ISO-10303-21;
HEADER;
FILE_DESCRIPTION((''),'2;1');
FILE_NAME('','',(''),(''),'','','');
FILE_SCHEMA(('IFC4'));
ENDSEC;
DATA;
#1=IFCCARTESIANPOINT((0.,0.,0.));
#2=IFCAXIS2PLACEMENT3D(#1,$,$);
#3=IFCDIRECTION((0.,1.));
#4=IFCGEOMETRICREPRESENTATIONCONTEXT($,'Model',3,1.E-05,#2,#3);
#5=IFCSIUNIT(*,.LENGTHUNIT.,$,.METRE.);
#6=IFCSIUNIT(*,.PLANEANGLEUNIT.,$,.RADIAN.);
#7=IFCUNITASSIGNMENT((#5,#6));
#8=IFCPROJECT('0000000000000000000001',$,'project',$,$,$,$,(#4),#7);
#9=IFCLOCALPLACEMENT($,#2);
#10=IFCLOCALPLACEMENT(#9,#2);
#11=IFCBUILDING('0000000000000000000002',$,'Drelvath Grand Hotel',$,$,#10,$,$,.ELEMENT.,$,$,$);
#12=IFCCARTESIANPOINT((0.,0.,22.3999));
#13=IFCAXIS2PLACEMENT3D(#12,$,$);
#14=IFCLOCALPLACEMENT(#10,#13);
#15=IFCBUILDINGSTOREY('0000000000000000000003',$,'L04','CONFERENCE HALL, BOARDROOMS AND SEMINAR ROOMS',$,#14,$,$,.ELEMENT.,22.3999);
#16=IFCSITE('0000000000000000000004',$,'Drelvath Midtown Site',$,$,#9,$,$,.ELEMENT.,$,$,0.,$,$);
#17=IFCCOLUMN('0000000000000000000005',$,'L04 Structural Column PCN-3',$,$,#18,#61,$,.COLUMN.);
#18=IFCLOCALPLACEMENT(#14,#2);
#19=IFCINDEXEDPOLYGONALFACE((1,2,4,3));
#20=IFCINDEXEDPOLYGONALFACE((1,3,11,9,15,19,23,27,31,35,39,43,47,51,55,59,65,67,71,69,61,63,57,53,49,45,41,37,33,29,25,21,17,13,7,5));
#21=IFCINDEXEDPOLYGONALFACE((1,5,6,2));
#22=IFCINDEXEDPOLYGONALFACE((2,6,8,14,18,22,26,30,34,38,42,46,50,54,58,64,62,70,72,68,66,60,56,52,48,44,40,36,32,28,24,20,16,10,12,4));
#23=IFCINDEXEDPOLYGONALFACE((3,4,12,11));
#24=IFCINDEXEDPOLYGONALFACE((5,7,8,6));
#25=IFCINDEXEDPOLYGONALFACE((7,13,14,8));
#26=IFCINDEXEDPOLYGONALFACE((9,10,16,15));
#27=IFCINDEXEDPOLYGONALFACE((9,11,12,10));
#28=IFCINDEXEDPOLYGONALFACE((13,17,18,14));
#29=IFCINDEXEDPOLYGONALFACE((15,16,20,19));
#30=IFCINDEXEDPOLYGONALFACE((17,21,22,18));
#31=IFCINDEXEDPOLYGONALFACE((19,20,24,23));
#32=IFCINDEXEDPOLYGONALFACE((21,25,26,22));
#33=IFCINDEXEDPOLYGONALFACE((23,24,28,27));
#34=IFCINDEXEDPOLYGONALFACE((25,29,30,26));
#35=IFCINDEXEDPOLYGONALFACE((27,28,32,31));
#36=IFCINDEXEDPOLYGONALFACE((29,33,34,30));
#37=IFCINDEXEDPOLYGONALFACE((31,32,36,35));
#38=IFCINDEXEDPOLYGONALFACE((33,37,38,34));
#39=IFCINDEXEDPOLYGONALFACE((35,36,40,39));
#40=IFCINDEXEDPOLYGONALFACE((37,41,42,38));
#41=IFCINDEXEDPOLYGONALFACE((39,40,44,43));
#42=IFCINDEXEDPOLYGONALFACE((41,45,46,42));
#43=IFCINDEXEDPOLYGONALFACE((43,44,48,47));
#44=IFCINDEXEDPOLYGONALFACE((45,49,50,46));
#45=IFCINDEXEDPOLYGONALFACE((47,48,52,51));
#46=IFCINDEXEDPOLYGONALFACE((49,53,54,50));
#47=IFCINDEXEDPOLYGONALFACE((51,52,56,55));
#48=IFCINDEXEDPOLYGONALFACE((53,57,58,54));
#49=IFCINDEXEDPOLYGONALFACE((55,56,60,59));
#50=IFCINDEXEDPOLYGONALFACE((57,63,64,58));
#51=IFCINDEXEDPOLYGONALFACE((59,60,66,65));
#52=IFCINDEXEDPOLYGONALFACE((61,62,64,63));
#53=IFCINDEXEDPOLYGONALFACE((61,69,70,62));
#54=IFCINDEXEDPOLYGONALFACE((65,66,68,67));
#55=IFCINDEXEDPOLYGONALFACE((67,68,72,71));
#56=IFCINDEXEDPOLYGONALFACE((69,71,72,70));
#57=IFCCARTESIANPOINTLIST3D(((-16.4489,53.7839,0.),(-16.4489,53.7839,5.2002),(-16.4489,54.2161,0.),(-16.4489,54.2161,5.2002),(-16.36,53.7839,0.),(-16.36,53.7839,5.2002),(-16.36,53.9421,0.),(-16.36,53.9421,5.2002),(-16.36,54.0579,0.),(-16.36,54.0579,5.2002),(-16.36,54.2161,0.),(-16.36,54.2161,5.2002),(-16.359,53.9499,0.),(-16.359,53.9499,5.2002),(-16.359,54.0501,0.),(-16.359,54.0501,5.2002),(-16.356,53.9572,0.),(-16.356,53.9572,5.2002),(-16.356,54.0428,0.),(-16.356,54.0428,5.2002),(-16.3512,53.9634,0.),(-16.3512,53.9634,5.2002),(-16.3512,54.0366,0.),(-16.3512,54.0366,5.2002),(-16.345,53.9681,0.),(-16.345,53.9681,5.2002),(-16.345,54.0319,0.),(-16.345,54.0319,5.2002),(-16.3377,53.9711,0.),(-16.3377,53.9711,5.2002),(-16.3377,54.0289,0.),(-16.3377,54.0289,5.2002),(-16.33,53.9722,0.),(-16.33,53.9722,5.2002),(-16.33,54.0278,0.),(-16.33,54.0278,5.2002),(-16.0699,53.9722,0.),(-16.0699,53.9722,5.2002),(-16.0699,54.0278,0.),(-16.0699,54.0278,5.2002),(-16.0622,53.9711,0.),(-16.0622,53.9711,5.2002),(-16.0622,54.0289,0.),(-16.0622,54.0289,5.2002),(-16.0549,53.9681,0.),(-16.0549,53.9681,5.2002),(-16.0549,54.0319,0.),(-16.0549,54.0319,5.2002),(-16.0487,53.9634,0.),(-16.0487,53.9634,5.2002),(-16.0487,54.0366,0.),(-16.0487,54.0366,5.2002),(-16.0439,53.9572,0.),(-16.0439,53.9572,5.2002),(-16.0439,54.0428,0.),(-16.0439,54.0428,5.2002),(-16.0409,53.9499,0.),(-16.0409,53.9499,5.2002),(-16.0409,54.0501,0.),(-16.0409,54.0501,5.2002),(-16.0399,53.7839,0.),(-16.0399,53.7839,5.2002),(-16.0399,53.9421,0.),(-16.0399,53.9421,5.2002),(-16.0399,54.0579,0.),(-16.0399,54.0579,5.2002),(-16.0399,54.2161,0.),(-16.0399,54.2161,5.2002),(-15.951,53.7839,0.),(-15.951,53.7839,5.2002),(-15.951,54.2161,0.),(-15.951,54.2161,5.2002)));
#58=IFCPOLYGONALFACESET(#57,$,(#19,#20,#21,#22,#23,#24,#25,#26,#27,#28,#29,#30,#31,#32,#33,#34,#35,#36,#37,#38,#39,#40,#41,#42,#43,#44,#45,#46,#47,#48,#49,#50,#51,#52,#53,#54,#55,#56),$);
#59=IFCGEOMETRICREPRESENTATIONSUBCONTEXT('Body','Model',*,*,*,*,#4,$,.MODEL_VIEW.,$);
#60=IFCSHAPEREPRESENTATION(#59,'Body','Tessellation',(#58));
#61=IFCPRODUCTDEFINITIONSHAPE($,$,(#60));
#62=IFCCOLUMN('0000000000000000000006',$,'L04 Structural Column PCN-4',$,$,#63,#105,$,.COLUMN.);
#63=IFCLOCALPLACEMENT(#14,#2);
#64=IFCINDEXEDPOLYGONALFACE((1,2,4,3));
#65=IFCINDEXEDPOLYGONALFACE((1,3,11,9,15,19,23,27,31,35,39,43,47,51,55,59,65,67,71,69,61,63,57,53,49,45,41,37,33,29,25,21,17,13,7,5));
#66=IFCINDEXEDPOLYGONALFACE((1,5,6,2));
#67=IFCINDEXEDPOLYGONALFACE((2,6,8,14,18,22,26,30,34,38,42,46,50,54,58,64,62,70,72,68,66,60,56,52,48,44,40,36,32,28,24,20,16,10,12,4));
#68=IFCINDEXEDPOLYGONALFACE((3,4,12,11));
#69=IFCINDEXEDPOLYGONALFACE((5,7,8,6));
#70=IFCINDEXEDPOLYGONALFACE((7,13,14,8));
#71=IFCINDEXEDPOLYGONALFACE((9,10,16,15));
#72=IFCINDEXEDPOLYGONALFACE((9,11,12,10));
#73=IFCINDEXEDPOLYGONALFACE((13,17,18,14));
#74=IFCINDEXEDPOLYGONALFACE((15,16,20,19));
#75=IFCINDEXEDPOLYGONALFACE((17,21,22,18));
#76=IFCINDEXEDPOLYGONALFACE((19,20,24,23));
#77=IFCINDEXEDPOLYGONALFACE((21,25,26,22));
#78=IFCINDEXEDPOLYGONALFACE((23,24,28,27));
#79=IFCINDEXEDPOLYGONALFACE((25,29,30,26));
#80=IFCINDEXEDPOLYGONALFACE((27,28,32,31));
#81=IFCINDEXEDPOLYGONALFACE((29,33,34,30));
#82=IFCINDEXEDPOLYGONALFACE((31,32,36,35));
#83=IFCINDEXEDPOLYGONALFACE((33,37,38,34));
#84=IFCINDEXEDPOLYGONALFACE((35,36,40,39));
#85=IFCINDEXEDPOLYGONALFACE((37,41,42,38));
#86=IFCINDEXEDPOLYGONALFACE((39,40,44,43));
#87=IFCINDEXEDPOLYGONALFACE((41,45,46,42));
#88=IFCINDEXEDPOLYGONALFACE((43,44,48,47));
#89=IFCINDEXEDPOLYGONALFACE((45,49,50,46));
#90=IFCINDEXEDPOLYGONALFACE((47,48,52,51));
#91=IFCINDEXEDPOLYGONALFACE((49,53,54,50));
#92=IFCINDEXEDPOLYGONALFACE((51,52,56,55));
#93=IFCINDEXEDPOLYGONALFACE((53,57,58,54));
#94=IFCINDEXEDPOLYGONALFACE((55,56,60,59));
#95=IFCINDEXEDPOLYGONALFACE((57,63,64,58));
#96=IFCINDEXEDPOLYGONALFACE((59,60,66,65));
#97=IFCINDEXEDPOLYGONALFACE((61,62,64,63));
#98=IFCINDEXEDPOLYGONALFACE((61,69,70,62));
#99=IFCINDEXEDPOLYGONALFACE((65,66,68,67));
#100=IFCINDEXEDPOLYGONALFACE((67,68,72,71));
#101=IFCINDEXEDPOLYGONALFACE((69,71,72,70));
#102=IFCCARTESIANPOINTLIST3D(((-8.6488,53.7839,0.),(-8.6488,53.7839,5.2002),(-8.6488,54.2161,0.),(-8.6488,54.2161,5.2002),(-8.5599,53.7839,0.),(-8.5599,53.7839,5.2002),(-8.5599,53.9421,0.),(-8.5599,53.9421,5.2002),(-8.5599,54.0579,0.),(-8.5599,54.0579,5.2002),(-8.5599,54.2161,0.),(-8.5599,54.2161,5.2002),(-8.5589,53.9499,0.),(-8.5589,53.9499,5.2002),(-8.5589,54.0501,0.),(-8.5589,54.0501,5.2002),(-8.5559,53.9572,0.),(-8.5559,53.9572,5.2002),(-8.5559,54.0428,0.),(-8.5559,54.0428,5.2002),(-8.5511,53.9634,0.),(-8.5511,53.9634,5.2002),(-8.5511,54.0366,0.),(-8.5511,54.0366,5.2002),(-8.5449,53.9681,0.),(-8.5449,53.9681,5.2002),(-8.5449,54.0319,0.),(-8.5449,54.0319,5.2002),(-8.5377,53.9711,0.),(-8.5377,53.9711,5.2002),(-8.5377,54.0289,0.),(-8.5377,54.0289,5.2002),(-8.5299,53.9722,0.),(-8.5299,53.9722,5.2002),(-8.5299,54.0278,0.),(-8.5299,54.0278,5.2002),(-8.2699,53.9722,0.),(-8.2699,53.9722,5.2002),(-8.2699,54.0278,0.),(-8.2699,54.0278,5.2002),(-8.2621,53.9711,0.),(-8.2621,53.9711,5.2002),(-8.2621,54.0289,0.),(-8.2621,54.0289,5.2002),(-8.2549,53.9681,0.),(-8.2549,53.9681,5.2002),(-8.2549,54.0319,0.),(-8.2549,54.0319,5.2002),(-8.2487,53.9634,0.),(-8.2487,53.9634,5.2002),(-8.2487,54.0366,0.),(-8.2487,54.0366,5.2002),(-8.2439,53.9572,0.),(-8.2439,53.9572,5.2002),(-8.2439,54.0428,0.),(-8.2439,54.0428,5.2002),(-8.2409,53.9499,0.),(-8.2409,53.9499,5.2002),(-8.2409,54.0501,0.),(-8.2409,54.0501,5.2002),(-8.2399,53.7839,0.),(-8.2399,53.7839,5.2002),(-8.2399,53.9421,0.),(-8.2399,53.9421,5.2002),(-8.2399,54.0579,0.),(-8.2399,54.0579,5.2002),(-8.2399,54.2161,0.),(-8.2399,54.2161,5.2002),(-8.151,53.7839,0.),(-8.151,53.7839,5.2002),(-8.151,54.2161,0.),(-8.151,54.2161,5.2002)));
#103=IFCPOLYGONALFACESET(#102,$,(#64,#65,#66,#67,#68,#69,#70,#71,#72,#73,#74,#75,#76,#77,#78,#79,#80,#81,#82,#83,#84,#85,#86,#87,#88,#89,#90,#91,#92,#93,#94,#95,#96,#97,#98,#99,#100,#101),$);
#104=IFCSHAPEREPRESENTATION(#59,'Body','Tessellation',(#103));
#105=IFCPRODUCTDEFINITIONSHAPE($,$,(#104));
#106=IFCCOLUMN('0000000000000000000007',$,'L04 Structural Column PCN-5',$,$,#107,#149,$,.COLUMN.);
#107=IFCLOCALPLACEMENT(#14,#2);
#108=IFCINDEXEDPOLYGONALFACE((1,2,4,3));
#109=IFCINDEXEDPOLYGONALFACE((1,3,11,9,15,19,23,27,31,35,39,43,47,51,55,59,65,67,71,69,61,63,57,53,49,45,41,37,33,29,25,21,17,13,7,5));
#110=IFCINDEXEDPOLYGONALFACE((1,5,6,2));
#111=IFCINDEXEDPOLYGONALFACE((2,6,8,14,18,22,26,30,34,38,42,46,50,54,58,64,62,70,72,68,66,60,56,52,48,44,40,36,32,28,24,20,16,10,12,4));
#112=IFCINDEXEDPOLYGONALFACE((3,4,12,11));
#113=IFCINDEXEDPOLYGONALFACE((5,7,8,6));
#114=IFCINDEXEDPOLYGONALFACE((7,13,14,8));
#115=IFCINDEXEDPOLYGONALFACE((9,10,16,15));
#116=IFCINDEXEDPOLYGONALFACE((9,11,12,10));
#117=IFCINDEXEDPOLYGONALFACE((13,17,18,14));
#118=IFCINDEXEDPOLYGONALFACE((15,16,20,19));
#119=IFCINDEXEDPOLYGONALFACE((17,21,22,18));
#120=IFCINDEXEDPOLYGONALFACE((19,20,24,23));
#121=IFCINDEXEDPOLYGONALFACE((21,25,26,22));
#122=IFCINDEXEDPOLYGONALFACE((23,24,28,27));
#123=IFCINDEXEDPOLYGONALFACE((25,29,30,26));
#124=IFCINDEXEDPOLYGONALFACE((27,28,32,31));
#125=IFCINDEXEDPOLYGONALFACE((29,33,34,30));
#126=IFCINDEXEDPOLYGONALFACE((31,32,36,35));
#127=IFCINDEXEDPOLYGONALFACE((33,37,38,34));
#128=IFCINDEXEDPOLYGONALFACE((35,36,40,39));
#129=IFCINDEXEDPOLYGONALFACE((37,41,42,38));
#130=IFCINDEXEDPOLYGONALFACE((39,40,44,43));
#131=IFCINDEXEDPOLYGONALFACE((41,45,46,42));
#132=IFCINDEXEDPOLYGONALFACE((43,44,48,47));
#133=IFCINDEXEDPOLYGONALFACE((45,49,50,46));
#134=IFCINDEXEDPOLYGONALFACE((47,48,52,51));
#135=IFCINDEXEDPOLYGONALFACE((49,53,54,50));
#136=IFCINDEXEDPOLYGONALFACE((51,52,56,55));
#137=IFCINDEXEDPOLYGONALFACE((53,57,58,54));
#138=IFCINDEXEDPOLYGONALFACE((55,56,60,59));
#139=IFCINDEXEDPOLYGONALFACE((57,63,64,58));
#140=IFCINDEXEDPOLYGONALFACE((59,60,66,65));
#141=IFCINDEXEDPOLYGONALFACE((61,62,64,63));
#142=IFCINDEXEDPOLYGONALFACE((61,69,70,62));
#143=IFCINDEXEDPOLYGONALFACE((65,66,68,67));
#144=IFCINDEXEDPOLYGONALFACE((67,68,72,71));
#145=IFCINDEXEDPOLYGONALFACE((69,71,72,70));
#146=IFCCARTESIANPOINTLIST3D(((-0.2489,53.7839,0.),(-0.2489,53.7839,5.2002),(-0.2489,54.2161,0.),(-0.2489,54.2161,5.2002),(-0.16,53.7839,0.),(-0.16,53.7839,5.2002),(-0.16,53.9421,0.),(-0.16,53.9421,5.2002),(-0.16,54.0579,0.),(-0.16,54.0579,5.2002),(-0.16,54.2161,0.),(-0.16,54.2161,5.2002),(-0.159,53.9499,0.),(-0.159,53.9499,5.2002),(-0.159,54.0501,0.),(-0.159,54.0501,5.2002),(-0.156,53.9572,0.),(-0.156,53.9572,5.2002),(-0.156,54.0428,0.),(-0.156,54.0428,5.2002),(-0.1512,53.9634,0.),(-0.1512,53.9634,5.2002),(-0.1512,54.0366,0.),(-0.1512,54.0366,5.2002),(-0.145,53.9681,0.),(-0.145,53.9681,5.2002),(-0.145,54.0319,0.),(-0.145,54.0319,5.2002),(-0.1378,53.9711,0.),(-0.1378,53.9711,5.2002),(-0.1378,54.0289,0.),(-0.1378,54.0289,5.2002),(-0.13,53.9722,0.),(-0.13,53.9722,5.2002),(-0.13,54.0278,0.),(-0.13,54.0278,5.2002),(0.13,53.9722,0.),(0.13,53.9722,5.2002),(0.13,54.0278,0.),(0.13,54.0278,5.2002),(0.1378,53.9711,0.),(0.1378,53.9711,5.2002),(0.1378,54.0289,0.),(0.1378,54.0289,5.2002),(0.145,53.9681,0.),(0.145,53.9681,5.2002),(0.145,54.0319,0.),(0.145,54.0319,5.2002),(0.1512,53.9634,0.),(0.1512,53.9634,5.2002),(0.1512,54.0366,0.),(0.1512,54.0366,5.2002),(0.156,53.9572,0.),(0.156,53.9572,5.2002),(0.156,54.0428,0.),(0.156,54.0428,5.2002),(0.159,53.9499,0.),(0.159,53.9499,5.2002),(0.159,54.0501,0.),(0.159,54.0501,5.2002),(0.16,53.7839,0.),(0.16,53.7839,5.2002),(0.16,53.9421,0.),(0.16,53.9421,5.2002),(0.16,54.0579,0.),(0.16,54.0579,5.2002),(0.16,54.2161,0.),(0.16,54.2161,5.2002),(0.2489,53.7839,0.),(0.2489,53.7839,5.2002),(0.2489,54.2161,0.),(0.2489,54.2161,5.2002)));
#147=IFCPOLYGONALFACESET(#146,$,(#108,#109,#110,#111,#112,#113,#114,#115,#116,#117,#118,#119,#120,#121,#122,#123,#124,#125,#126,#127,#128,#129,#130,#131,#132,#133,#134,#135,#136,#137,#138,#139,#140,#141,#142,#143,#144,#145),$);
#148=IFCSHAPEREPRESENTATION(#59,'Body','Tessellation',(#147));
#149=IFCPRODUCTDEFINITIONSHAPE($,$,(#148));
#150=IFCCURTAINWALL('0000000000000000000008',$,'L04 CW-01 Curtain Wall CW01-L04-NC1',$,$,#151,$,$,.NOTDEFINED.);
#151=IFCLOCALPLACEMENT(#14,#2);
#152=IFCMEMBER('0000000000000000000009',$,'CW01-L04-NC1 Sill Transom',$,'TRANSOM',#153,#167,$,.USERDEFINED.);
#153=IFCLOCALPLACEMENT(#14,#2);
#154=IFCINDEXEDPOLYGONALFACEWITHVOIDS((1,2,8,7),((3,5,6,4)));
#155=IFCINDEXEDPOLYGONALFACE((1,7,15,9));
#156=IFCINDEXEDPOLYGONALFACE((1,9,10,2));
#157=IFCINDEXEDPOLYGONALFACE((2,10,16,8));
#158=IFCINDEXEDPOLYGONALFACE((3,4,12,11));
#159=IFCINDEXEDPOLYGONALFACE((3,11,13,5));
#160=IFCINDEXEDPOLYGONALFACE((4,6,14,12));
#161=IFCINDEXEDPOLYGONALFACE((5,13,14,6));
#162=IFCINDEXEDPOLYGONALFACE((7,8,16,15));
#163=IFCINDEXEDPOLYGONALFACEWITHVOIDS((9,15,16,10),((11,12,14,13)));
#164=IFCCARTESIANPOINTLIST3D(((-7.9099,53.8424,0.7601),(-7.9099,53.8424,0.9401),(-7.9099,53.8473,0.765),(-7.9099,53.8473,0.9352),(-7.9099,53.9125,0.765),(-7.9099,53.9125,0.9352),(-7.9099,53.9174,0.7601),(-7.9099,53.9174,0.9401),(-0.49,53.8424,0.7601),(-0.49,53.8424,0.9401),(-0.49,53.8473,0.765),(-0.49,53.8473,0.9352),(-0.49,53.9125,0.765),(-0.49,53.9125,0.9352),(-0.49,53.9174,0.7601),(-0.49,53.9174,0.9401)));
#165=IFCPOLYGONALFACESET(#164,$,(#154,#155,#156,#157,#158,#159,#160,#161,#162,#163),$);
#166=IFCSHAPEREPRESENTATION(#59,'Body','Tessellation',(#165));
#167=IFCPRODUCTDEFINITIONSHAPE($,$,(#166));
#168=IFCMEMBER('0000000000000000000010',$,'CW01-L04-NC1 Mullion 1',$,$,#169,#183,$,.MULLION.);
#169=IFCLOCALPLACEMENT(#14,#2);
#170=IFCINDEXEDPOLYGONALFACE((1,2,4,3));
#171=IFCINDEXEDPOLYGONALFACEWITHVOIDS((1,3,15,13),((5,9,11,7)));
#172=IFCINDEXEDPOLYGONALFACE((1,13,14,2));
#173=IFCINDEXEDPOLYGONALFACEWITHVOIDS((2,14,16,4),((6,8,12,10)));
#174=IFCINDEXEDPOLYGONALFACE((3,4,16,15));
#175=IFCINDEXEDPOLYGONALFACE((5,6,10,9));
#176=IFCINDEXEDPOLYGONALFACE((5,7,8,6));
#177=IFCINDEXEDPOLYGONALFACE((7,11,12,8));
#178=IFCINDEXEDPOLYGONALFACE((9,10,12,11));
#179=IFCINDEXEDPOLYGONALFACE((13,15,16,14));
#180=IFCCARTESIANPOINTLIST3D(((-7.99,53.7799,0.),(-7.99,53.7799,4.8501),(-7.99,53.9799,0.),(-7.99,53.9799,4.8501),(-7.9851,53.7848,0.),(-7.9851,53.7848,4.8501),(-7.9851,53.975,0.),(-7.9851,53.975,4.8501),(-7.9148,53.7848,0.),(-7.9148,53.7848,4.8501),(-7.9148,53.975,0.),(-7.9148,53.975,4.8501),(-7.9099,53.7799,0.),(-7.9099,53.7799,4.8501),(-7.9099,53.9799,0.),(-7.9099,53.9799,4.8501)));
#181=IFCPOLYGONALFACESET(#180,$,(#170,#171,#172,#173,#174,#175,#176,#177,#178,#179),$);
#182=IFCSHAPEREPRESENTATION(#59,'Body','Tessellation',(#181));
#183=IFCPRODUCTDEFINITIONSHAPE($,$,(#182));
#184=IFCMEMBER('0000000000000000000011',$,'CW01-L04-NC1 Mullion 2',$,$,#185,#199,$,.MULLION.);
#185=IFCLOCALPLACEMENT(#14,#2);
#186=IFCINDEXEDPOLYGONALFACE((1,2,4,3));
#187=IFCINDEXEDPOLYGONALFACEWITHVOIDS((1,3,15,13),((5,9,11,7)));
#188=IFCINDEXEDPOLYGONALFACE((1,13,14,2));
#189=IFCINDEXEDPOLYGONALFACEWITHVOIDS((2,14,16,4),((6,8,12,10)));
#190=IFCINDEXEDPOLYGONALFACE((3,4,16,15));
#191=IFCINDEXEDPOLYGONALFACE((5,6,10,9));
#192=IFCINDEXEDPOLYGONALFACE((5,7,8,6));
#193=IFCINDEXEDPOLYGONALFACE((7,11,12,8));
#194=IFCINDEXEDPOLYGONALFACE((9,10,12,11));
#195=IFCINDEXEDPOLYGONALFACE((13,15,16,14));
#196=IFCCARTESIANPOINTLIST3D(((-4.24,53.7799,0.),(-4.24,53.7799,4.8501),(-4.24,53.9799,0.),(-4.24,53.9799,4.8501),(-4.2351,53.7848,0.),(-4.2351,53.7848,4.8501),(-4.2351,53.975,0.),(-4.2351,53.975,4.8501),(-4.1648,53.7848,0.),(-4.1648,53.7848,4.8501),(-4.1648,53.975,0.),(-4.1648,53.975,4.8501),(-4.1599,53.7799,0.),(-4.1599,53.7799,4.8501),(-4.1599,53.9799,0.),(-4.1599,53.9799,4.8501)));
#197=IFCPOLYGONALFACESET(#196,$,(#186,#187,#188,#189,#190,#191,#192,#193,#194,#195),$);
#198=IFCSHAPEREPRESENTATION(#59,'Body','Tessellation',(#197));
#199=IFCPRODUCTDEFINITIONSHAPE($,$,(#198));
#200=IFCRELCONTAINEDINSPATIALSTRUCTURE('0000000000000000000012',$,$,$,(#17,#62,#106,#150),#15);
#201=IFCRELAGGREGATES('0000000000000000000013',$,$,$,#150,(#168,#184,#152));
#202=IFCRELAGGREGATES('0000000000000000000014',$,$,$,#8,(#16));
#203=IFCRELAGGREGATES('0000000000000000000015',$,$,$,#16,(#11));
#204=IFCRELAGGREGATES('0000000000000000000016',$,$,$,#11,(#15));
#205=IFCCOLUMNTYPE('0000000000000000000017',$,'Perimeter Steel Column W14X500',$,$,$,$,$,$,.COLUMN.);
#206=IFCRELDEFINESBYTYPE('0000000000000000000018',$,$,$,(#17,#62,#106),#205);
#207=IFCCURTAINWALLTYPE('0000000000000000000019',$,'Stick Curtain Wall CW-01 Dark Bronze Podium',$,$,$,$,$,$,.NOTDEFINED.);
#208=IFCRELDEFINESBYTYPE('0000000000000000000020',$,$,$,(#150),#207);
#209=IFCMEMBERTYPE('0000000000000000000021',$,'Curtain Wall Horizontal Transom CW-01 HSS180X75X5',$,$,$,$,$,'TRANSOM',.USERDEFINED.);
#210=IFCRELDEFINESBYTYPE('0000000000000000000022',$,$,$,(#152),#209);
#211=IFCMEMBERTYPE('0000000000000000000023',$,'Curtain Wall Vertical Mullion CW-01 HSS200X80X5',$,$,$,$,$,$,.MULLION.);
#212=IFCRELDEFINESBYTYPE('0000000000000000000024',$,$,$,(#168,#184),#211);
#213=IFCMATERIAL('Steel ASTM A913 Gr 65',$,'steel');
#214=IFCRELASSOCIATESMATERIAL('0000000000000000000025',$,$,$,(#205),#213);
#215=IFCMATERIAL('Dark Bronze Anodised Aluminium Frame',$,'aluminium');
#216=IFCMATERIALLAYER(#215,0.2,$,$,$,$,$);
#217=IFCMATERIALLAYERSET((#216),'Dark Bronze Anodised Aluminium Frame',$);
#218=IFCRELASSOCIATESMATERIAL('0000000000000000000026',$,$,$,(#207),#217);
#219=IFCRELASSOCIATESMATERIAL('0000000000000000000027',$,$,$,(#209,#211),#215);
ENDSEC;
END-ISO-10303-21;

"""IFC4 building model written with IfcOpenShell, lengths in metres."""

from ifc_helpers import new_model, si_unit, direction, frame, origin, origin_2d, place, context, subcontext, project, spatial, hollow_rectangle, i_section, extrude, material, layer, layer_set, material_profile, profile_set, type_object, element, aggregate, save


model = new_model("IFC4")

# Units and contexts
model_context = context("Model", 3, precision=1e-05, world=origin(), true_north=direction((0.0, 1.0)))
body_context = subcontext(model_context, "Body", "Model", "MODEL_VIEW")
ifc_project = project(units=[si_unit("LENGTHUNIT", "METRE"), si_unit("PLANEANGLEUNIT", "RADIAN")], contexts=[model_context])

# Site, building, storey
site_placement = place(None, origin())
site = spatial("IfcSite", under=ifc_project, at=site_placement, Name="Drelvath Midtown Site", CompositionType="ELEMENT", RefElevation=0.0)
building_placement = place(site_placement, origin())
building = spatial("IfcBuilding", under=site, at=building_placement, Name="Drelvath Grand Hotel", CompositionType="ELEMENT")
storey_placement = place(building_placement, frame((0.0, 0.0, 22.3999)))
storey = spatial("IfcBuildingStorey", under=building, at=storey_placement, Name="L04", Description="CONFERENCE HALL, BOARDROOMS AND SEMINAR ROOMS", CompositionType="ELEMENT", Elevation=22.3999)

# Columns
ifc_material_1 = material(Name="Steel ASTM A913 Gr 65", Category="steel")
ifc_material_profile_1 = material_profile(ifc_material_1, i_section(OverallWidth=0.4321, OverallDepth=0.4978, WebThickness=0.0557, FlangeThickness=0.0889, FilletRadius=0.03, at=origin_2d()), Name="W14X500")
ifc_profile_set_1 = profile_set([ifc_material_profile_1], Name="Steel ASTM A913 Gr 65")
column_type = type_object("IfcColumnType", Name="Perimeter Steel Column W14X500", PredefinedType="COLUMN", material=ifc_profile_set_1)
for number, where, z_axis, x_axis, name in (
    (1, (-16.2, 54.0, 0.0), (0.0, 0.0, 1.0), (0.0, 1.0, 0.0), "L04 Structural Column PCN-3"),
    (2, (-8.3999, 54.0, 0.0), (0.0, 0.0, 1.0), (0.0, 1.0, 0.0), "L04 Structural Column PCN-4"),
    (3, (0.0, 54.0, 0.0), (0.0, 0.0, 1.0), (0.0, 1.0, 0.0), "L04 Structural Column PCN-5"),
):
    element("IfcColumn", number, at=place(storey_placement, frame(where, z_axis=z_axis, x_axis=x_axis)), inside=storey, type_object=column_type, Name=name, PredefinedType="COLUMN", context=body_context, shape_type="SweptSolid", body=[
        extrude(i_section(OverallWidth=0.4321, OverallDepth=0.4978, WebThickness=0.0557, FlangeThickness=0.0889, FilletRadius=0.03, at=origin_2d()), origin(), (0.0, 0.0, 1.0), 5.2002),
    ])

# Curtain wall, members
ifc_material_2 = material(Name="Dark Bronze Anodised Aluminium Frame", Category="aluminium")
ifc_layer_1 = layer(ifc_material_2, 0.2)
ifc_layer_set_1 = layer_set([ifc_layer_1], Name="Dark Bronze Anodised Aluminium Frame")
curtain_wall_type = type_object("IfcCurtainWallType", Name="Stick Curtain Wall CW-01 Dark Bronze Podium", PredefinedType="NOTDEFINED", material=ifc_layer_set_1)
curtain_wall_placement = place(storey_placement, origin())
curtain_wall = element("IfcCurtainWall", 4, at=curtain_wall_placement, inside=storey, type_object=curtain_wall_type, Name="L04 CW-01 Curtain Wall CW01-L04-NC1", PredefinedType="NOTDEFINED")
ifc_material_profile_2 = material_profile(ifc_material_2, hollow_rectangle(XDim=0.075, YDim=0.1799, WallThickness=0.0049, at=origin_2d()), Name="HSS180X75X5")
ifc_profile_set_2 = profile_set([ifc_material_profile_2], Name="Dark Bronze Anodised Aluminium Frame")
member_type_1 = type_object("IfcMemberType", Name="Curtain Wall Horizontal Transom CW-01 HSS180X75X5", ElementType="TRANSOM", PredefinedType="USERDEFINED", material=ifc_profile_set_2)
member_1_placement = place(storey_placement, frame((-7.9099, 53.8799, 0.8501), z_axis=(1.0, 0.0, 0.0), x_axis=(0.0, 1.0, 0.0)))
member_1 = element("IfcMember", 5, at=member_1_placement, type_object=member_type_1, Name="CW01-L04-NC1 Sill Transom", ObjectType="TRANSOM", PredefinedType="USERDEFINED", context=body_context, shape_type="SweptSolid", body=[
    extrude(hollow_rectangle(XDim=0.075, YDim=0.1799, WallThickness=0.0049, at=origin_2d()), origin(), (0.0, 0.0, 1.0), 7.4199),
])
ifc_material_profile_3 = material_profile(ifc_material_2, hollow_rectangle(XDim=0.0801, YDim=0.2, WallThickness=0.0049, at=origin_2d()), Name="HSS200X80X5")
ifc_profile_set_3 = profile_set([ifc_material_profile_3], Name="Dark Bronze Anodised Aluminium Frame")
member_type_2 = type_object("IfcMemberType", Name="Curtain Wall Vertical Mullion CW-01 HSS200X80X5", PredefinedType="MULLION", material=ifc_profile_set_3)
member_2_placement = place(storey_placement, frame((-7.95, 53.8799, 0.0), z_axis=(0.0, 0.0, 1.0), x_axis=(1.0, 0.0, 0.0)))
member_2 = element("IfcMember", 6, at=member_2_placement, type_object=member_type_2, Name="CW01-L04-NC1 Mullion 1", PredefinedType="MULLION", context=body_context, shape_type="SweptSolid", body=[
    extrude(hollow_rectangle(XDim=0.0801, YDim=0.2, WallThickness=0.0049, at=origin_2d()), origin(), (0.0, 0.0, 1.0), 4.8501),
])
member_3_placement = place(storey_placement, frame((-4.2, 53.8799, 0.0), z_axis=(0.0, 0.0, 1.0), x_axis=(1.0, 0.0, 0.0)))
member_3 = element("IfcMember", 7, at=member_3_placement, type_object=member_type_2, Name="CW01-L04-NC1 Mullion 2", PredefinedType="MULLION", context=body_context, shape_type="SweptSolid", body=[
    extrude(hollow_rectangle(XDim=0.0801, YDim=0.2, WallThickness=0.0049, at=origin_2d()), origin(), (0.0, 0.0, 1.0), 4.8501),
])

aggregate(curtain_wall, [member_2, member_3, member_1])

save(model, "model.ifc")
